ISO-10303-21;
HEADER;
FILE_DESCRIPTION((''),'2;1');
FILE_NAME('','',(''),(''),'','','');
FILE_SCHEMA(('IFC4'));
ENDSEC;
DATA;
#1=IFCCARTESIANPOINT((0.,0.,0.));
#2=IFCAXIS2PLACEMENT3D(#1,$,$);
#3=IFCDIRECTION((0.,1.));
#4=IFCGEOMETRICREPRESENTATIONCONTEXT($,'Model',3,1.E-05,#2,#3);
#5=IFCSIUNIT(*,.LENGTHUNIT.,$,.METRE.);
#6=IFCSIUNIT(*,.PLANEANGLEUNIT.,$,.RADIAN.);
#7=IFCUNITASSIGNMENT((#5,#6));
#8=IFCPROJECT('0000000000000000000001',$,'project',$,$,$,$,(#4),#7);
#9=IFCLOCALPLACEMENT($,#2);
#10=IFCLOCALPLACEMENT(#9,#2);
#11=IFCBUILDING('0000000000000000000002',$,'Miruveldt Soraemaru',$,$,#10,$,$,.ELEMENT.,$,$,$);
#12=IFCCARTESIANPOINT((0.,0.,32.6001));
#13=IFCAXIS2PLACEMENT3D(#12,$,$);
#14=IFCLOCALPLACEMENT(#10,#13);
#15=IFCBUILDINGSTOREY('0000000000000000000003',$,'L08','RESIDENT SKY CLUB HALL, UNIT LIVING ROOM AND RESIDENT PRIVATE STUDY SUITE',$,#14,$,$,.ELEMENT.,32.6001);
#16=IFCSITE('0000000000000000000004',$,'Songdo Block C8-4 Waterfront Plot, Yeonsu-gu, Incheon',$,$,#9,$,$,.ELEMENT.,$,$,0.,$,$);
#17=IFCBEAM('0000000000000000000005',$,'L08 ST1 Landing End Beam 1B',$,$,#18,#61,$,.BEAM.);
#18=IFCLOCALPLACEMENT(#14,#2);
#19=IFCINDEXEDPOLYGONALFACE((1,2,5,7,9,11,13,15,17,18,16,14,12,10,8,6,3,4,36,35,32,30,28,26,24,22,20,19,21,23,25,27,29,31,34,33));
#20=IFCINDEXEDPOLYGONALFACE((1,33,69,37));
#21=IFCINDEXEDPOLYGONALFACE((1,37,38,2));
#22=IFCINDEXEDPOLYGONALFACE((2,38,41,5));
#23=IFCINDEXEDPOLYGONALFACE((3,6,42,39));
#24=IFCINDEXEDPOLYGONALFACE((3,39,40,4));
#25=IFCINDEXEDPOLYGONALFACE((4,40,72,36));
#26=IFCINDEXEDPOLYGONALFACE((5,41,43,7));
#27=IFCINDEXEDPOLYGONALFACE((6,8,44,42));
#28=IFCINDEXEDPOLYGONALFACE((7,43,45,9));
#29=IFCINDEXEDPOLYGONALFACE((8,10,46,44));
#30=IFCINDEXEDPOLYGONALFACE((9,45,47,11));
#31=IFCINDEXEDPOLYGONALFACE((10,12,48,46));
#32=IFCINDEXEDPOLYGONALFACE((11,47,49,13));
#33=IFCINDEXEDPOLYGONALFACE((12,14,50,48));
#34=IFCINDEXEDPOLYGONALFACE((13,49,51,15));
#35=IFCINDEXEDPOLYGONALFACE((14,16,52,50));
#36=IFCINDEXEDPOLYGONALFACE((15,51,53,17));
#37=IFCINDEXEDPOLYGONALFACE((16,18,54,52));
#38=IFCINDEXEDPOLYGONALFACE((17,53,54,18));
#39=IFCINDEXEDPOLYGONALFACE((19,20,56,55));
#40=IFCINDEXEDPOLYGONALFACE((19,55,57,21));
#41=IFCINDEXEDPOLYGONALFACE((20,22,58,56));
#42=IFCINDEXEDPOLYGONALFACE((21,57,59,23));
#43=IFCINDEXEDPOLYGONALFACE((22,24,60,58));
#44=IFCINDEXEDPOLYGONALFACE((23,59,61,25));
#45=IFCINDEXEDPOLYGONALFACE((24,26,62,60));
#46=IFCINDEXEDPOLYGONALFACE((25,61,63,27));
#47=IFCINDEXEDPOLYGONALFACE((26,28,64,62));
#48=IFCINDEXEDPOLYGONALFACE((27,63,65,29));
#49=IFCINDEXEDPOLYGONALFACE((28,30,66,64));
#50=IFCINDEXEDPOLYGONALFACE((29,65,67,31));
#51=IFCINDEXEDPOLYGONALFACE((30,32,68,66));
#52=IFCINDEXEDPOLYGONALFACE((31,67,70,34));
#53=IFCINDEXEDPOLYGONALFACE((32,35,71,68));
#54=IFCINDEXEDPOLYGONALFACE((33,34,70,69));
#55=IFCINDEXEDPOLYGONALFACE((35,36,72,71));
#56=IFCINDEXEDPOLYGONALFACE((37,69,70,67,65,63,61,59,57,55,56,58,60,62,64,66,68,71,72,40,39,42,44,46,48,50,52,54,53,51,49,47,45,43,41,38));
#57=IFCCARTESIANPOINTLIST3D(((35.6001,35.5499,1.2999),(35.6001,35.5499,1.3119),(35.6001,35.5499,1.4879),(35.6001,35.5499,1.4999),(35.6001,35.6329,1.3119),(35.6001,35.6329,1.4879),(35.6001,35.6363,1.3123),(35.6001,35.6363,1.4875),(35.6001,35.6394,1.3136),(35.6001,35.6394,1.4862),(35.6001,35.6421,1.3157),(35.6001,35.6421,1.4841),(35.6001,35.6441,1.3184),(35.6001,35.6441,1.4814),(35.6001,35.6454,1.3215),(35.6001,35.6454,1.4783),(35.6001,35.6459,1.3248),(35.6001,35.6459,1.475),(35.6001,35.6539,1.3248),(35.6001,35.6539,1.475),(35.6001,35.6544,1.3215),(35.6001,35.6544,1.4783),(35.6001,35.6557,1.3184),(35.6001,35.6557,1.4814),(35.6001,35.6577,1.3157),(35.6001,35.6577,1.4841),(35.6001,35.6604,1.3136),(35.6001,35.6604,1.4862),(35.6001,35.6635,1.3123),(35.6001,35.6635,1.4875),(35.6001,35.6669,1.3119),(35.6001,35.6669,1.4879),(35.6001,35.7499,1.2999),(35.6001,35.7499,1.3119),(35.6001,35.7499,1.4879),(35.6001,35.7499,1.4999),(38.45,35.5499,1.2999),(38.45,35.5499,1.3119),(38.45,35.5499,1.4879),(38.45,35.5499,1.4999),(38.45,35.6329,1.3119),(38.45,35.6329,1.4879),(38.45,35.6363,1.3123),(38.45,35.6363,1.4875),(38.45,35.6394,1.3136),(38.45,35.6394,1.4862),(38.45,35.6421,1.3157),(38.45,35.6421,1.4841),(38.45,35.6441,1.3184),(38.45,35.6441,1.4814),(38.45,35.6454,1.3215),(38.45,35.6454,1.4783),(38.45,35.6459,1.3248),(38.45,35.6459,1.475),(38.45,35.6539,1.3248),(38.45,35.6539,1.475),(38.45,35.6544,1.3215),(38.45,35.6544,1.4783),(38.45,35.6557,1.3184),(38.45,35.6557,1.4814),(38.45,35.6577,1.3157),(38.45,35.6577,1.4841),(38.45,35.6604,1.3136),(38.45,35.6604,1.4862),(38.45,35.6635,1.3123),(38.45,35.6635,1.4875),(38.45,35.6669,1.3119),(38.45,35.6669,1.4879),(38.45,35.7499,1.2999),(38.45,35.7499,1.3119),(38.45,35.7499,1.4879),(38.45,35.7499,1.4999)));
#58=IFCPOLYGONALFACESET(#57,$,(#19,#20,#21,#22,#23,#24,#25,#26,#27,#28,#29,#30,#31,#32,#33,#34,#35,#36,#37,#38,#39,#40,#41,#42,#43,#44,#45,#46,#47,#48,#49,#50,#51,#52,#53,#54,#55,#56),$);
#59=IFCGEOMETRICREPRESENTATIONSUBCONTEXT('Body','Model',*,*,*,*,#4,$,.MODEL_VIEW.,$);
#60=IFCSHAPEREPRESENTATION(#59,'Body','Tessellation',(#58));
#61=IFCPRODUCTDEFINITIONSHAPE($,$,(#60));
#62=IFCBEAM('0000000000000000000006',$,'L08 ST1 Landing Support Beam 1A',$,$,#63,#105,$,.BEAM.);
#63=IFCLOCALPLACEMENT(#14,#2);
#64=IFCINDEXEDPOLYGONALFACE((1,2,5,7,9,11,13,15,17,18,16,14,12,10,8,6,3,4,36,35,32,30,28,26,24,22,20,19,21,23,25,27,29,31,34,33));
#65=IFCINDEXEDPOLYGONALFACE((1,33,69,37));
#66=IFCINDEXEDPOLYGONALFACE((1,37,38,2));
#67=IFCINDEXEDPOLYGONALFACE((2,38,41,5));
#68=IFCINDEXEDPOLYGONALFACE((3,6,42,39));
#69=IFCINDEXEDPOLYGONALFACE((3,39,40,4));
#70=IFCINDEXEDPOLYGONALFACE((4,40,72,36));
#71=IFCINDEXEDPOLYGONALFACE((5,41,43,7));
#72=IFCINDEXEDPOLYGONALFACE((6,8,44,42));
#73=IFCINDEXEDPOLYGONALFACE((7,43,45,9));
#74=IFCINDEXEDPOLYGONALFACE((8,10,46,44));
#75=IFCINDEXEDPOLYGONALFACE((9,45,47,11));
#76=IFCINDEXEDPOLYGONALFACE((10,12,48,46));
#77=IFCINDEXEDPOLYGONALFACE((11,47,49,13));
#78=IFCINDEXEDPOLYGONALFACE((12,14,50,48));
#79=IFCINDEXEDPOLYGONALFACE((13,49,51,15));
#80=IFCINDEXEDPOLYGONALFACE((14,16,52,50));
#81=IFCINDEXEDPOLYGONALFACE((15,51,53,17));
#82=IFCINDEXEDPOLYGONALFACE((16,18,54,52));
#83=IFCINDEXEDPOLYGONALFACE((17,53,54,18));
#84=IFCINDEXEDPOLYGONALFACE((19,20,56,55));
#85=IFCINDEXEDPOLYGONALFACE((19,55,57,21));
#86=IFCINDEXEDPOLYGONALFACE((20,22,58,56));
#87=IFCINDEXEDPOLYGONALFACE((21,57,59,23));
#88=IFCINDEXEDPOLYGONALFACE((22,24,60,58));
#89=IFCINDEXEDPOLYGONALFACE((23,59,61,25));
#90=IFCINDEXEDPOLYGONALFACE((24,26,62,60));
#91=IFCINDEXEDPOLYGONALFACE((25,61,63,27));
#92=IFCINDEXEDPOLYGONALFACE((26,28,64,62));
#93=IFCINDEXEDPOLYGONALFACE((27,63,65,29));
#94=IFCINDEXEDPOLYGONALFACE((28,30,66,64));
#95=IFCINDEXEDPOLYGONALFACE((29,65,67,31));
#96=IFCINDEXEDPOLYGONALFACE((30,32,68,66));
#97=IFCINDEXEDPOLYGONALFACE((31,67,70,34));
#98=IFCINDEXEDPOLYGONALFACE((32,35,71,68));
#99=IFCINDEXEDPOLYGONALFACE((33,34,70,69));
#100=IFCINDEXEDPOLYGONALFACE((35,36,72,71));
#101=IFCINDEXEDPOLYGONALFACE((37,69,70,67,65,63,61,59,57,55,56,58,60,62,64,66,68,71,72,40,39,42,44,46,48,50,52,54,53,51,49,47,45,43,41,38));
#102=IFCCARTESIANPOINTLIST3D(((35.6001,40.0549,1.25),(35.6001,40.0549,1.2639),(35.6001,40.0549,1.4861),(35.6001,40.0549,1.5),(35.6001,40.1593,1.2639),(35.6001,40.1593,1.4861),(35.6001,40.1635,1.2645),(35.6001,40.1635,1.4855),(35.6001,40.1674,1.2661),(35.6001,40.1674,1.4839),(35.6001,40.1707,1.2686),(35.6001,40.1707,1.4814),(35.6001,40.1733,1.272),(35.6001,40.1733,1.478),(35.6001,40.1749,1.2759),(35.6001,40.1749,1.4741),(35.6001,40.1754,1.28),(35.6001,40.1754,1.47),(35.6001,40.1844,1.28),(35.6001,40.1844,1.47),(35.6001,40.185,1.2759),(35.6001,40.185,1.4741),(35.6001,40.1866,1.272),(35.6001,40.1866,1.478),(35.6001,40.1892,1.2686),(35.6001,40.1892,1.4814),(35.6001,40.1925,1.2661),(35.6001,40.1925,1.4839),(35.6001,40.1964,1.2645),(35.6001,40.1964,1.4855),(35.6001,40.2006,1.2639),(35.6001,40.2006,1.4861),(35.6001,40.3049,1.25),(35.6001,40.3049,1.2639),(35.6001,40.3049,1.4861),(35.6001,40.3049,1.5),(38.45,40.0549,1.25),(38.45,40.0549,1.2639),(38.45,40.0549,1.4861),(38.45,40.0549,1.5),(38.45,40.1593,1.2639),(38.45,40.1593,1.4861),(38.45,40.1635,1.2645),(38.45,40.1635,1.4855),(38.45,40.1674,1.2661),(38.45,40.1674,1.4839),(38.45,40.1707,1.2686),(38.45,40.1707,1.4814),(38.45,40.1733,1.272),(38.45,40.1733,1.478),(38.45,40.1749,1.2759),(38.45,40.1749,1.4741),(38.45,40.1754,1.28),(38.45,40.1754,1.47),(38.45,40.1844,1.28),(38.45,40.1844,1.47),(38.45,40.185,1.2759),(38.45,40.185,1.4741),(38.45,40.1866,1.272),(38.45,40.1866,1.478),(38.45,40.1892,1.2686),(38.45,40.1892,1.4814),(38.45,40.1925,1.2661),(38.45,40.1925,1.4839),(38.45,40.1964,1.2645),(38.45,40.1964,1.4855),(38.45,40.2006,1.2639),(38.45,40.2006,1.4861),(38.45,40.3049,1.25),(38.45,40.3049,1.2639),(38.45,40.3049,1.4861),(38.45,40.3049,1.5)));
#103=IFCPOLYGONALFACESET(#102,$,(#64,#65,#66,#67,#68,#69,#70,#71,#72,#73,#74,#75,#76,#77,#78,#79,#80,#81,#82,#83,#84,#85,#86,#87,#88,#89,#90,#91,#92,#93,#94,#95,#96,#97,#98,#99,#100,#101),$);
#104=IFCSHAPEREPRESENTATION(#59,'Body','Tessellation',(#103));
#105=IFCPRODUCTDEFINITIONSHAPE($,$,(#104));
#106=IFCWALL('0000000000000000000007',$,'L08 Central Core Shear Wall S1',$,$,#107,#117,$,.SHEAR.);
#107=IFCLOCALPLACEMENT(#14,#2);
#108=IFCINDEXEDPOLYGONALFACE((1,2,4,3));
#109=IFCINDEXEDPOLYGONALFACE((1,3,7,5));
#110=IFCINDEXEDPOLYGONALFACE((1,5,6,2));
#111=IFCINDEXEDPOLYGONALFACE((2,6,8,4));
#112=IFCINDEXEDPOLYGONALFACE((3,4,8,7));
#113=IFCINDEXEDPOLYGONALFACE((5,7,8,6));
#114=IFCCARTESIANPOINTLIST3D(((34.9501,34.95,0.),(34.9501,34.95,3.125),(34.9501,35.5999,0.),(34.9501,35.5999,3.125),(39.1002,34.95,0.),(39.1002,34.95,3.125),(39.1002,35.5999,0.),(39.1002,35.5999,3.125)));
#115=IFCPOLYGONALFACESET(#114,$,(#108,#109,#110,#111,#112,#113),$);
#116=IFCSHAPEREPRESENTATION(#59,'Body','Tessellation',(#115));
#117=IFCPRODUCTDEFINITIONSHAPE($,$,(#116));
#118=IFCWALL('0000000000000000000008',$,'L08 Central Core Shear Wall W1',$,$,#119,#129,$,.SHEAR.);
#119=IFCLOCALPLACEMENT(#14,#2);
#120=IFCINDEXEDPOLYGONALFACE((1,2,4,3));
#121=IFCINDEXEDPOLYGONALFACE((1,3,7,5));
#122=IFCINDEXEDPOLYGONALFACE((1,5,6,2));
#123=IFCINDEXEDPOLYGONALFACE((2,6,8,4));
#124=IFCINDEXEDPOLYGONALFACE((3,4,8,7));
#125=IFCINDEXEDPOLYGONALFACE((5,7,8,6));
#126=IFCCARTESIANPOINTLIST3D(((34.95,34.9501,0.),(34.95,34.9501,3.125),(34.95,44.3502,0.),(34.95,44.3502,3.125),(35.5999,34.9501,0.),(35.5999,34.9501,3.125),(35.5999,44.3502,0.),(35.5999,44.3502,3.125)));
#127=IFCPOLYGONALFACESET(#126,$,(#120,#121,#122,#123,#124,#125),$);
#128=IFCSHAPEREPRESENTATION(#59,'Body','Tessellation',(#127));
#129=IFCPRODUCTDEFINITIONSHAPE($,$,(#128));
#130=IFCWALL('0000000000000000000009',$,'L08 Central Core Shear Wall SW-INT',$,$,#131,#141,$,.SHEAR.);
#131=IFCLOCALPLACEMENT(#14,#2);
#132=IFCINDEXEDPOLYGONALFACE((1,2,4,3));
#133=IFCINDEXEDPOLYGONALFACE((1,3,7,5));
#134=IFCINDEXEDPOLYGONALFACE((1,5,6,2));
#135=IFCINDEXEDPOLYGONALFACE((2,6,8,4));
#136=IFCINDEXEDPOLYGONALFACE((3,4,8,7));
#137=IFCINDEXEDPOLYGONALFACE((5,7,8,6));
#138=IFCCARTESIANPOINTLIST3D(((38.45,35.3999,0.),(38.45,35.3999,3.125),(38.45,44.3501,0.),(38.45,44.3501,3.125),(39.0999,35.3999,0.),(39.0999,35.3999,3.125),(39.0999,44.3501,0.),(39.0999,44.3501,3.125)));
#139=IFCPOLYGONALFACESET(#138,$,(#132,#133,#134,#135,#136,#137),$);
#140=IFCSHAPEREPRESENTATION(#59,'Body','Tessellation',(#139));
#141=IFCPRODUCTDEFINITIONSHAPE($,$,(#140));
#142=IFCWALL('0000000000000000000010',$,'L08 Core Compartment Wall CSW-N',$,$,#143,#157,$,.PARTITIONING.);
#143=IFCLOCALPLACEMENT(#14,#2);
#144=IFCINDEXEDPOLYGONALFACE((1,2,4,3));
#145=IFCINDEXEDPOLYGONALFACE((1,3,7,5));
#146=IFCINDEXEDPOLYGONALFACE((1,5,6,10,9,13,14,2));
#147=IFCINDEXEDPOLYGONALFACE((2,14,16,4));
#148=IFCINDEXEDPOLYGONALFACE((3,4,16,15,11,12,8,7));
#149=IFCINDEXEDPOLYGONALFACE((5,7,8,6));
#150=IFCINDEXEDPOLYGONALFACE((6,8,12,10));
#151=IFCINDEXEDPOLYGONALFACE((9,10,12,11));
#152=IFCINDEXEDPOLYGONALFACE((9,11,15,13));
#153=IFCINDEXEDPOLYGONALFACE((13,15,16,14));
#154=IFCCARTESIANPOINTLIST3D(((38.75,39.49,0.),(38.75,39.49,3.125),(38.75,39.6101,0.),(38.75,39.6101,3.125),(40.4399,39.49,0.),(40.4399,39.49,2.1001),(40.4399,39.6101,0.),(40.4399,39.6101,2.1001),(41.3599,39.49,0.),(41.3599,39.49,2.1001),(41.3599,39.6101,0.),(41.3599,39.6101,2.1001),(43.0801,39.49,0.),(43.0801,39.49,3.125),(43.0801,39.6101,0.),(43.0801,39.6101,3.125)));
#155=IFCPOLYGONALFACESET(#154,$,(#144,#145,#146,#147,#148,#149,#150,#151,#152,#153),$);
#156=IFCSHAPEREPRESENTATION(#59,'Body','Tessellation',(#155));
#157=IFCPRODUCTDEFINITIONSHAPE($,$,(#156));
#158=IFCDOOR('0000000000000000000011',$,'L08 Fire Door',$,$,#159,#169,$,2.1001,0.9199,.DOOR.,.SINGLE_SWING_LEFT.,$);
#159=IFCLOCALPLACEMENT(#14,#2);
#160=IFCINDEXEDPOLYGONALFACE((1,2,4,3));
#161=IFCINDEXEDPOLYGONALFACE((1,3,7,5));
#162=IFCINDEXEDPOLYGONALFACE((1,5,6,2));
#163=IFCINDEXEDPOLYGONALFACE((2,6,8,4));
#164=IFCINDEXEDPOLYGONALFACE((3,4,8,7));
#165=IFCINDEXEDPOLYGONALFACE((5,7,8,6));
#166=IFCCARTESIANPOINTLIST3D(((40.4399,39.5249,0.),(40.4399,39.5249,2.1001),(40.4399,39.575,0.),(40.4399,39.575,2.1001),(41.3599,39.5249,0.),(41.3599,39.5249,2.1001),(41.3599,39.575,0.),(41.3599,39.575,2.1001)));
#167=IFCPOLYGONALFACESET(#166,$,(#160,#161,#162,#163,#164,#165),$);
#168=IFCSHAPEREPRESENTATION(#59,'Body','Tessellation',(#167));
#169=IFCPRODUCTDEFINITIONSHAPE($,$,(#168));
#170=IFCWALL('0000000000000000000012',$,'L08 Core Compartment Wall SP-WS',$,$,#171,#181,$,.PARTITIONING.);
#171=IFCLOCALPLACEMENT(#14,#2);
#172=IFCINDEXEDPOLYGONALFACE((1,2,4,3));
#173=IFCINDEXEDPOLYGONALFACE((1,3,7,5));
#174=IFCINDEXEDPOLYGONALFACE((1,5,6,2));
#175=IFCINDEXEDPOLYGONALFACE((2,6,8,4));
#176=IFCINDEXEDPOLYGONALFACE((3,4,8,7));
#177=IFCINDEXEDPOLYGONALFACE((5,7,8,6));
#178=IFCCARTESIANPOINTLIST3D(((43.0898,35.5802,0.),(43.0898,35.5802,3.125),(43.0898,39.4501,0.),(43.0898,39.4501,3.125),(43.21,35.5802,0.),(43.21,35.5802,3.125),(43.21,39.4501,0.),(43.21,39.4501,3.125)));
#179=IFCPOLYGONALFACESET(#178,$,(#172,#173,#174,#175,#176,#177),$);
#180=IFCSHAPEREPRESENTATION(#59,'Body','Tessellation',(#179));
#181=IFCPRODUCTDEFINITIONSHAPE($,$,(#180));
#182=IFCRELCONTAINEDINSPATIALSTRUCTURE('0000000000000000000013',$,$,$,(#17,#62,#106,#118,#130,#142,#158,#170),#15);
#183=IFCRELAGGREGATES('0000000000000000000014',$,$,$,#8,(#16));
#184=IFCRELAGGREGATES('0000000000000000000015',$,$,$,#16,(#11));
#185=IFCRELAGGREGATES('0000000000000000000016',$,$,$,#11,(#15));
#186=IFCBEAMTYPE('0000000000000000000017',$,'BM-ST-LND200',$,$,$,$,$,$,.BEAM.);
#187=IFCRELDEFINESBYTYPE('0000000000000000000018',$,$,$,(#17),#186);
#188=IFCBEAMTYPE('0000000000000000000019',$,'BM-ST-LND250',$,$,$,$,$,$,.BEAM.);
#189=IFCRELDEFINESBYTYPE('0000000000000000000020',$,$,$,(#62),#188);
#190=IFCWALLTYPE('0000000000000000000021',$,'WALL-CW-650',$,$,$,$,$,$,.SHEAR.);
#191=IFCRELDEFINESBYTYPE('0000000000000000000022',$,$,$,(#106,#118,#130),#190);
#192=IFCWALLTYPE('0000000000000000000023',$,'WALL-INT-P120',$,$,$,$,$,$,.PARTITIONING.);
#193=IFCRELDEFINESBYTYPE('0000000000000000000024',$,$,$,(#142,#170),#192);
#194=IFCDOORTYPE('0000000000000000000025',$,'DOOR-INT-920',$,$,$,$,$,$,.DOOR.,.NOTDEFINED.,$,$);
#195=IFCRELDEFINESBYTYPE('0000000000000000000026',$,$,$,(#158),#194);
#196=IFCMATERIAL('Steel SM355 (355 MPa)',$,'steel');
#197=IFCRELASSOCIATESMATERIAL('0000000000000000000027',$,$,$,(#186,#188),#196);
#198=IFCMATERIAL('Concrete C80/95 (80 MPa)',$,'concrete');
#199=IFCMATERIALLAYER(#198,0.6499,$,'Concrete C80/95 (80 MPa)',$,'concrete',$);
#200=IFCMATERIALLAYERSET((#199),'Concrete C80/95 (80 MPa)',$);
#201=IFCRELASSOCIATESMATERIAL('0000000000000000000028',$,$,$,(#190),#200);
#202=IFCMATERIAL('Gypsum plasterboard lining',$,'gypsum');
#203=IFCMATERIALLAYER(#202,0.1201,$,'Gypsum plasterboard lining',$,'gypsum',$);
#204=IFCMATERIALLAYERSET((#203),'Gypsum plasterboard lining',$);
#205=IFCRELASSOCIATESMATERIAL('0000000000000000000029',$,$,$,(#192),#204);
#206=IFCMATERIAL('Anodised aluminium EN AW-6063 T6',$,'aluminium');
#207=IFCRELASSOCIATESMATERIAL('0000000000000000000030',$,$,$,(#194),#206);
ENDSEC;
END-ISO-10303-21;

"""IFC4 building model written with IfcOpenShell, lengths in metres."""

from ifc_helpers import new_model, si_unit, direction, frame, frame_2d, origin, origin_2d, place, context, subcontext, project, spatial, rectangle, i_section, extrude, material, layer, layer_set, material_profile, profile_set, type_object, element, fill, save


model = new_model("IFC4")

# Units and contexts
model_context = context("Model", 3, precision=1e-05, world=origin(), true_north=direction((0.0, 1.0)))
body_context = subcontext(model_context, "Body", "Model", "MODEL_VIEW")
ifc_project = project(units=[si_unit("LENGTHUNIT", "METRE"), si_unit("PLANEANGLEUNIT", "RADIAN")], contexts=[model_context])

# Site, building, storey
site_placement = place(None, origin())
site = spatial("IfcSite", under=ifc_project, at=site_placement, Name="Songdo Block C8-4 Waterfront Plot, Yeonsu-gu, Incheon", CompositionType="ELEMENT", RefElevation=0.0)
building_placement = place(site_placement, origin())
building = spatial("IfcBuilding", under=site, at=building_placement, Name="Miruveldt Soraemaru", CompositionType="ELEMENT")
storey_placement = place(building_placement, frame((0.0, 0.0, 32.6001)))
storey = spatial("IfcBuildingStorey", under=building, at=storey_placement, Name="L08", Description="RESIDENT SKY CLUB HALL, UNIT LIVING ROOM AND RESIDENT PRIVATE STUDY SUITE", CompositionType="ELEMENT", Elevation=32.6001)

# Beams
ifc_material_1 = material(Name="Steel SM355 (355 MPa)", Category="steel")
ifc_material_profile_1 = material_profile(ifc_material_1, i_section(OverallWidth=0.2, OverallDepth=0.2, WebThickness=0.0081, FlangeThickness=0.012, FilletRadius=0.0129, at=origin_2d()), Name="Steel SM355 (355 MPa)", Category="steel")
ifc_profile_set_1 = profile_set([ifc_material_profile_1], Name="Steel SM355 (355 MPa)")
beam_type_1 = type_object("IfcBeamType", Name="BM-ST-LND200", PredefinedType="BEAM", material=ifc_profile_set_1)
beam_1_placement = place(storey_placement, frame((35.6001, 35.6499, 1.3999), z_axis=(1.0, 0.0, 0.0), x_axis=(0.0, 1.0, 0.0)))
element("IfcBeam", 1, at=beam_1_placement, inside=storey, type_object=beam_type_1, Name="L08 ST1 Landing End Beam 1B", PredefinedType="BEAM", context=body_context, shape_type="SweptSolid", body=[
    extrude(i_section(OverallWidth=0.2, OverallDepth=0.2, WebThickness=0.0081, FlangeThickness=0.012, FilletRadius=0.0129, at=origin_2d()), origin(), (0.0, 0.0, 1.0), 2.8499),
])
ifc_material_profile_2 = material_profile(ifc_material_1, i_section(OverallWidth=0.25, OverallDepth=0.25, WebThickness=0.009, FlangeThickness=0.0139, FilletRadius=0.0161, at=origin_2d()), Name="Steel SM355 (355 MPa)", Category="steel")
ifc_profile_set_2 = profile_set([ifc_material_profile_2], Name="Steel SM355 (355 MPa)")
beam_type_2 = type_object("IfcBeamType", Name="BM-ST-LND250", PredefinedType="BEAM", material=ifc_profile_set_2)
beam_2_placement = place(storey_placement, frame((35.6001, 40.1799, 1.375), z_axis=(1.0, 0.0, 0.0), x_axis=(0.0, 1.0, 0.0)))
element("IfcBeam", 2, at=beam_2_placement, inside=storey, type_object=beam_type_2, Name="L08 ST1 Landing Support Beam 1A", PredefinedType="BEAM", context=body_context, shape_type="SweptSolid", body=[
    extrude(i_section(OverallWidth=0.25, OverallDepth=0.25, WebThickness=0.009, FlangeThickness=0.0139, FilletRadius=0.0161, at=origin_2d()), origin(), (0.0, 0.0, 1.0), 2.8499),
])

# Walls
ifc_material_2 = material(Name="Concrete C80/95 (80 MPa)", Category="concrete")
ifc_layer_1 = layer(ifc_material_2, 0.6499, Name="Concrete C80/95 (80 MPa)", Category="concrete")
ifc_layer_set_1 = layer_set([ifc_layer_1], Name="Concrete C80/95 (80 MPa)")
wall_type_1 = type_object("IfcWallType", Name="WALL-CW-650", PredefinedType="SHEAR", material=ifc_layer_set_1)
wall_1_placement = place(storey_placement, frame((34.95, 35.2749, 0.0), z_axis=(0.0, 0.0, 1.0), x_axis=(1.0, 0.0, 0.0)))
element("IfcWall", 3, at=wall_1_placement, inside=storey, type_object=wall_type_1, Name="L08 Central Core Shear Wall S1", PredefinedType="SHEAR", context=body_context, shape_type="SweptSolid", body=[
    extrude(rectangle(XDim=4.1501, YDim=0.6499, at=frame_2d((2.0752, 0.0))), origin(), (0.0, 0.0, 1.0), 3.125),
])
wall_2_placement = place(storey_placement, frame((35.2749, 34.95, 0.0), z_axis=(0.0, 0.0, 1.0), x_axis=(0.0, 1.0, 0.0)))
element("IfcWall", 4, at=wall_2_placement, inside=storey, type_object=wall_type_1, Name="L08 Central Core Shear Wall W1", PredefinedType="SHEAR", context=body_context, shape_type="SweptSolid", body=[
    extrude(rectangle(XDim=9.4001, YDim=0.6499, at=frame_2d((4.7002, 0.0))), origin(), (0.0, 0.0, 1.0), 3.125),
])
wall_3_placement = place(storey_placement, frame((38.7749, 35.3999, 0.0), z_axis=(0.0, 0.0, 1.0), x_axis=(0.0, 1.0, 0.0)))
element("IfcWall", 5, at=wall_3_placement, inside=storey, type_object=wall_type_1, Name="L08 Central Core Shear Wall SW-INT", PredefinedType="SHEAR", context=body_context, shape_type="SweptSolid", body=[
    extrude(rectangle(XDim=8.9502, YDim=0.6499, at=frame_2d((4.4751, 0.0))), origin(), (0.0, 0.0, 1.0), 3.125),
])

# Wall, opening, door
ifc_material_3 = material(Name="Gypsum plasterboard lining", Category="gypsum")
ifc_layer_2 = layer(ifc_material_3, 0.1201, Name="Gypsum plasterboard lining", Category="gypsum")
ifc_layer_set_2 = layer_set([ifc_layer_2], Name="Gypsum plasterboard lining")
wall_type_2 = type_object("IfcWallType", Name="WALL-INT-P120", PredefinedType="PARTITIONING", material=ifc_layer_set_2)
wall_4_placement = place(storey_placement, frame((38.75, 39.55, 0.0), z_axis=(0.0, 0.0, 1.0), x_axis=(1.0, 0.0, 0.0)))
wall_4 = element("IfcWall", 6, at=wall_4_placement, inside=storey, type_object=wall_type_2, Name="L08 Core Compartment Wall CSW-N", PredefinedType="PARTITIONING", context=body_context, shape_type="SweptSolid", body=[
    extrude(rectangle(XDim=4.3301, YDim=0.1201, at=frame_2d((2.165, 0.0))), origin(), (0.0, 0.0, 1.0), 3.125),
])
opening_1_placement = place(wall_4_placement, frame((1.6899, 0.0, 0.0)))
opening_1 = element("IfcOpeningElement", 7, at=opening_1_placement, cuts=wall_4, PredefinedType="OPENING", context=body_context, shape_type="SweptSolid", body=[
    extrude(rectangle(XDim=0.9199, YDim=2.1001, at=frame_2d((0.46, 1.05))), frame((0.0, 0.0701, 0.0), z_axis=(0.0, -1.0, 0.0), x_axis=(1.0, 0.0, 0.0)), (0.0, 0.0, 1.0), 0.1401),
])
ifc_material_4 = material(Name="Anodised aluminium EN AW-6063 T6", Category="aluminium")
door_type_1 = type_object("IfcDoorType", Name="DOOR-INT-920", OperationType="NOTDEFINED", PredefinedType="DOOR", material=ifc_material_4)
door_1_placement = place(opening_1_placement, origin())
door_1 = element("IfcDoor", 8, at=door_1_placement, inside=storey, type_object=door_type_1, Name="L08 Fire Door", OperationType="SINGLE_SWING_LEFT", OverallHeight=2.1001, OverallWidth=0.9199, PredefinedType="DOOR", context=body_context, shape_type="SweptSolid", body=[
    extrude(rectangle(XDim=0.9199, YDim=2.1001, at=frame_2d((0.46, 1.05))), frame((0.0, 0.0249, 0.0), z_axis=(0.0, -1.0, 0.0), x_axis=(1.0, 0.0, 0.0)), (0.0, 0.0, 1.0), 0.05),
])
fill(opening_1, door_1)

# Wall
wall_5_placement = place(storey_placement, frame((43.1499, 35.5801, 0.0), z_axis=(0.0, 0.0, 1.0), x_axis=(0.0, 1.0, 0.0)))
element("IfcWall", 9, at=wall_5_placement, inside=storey, type_object=wall_type_2, Name="L08 Core Compartment Wall SP-WS", PredefinedType="PARTITIONING", context=body_context, shape_type="SweptSolid", body=[
    extrude(rectangle(XDim=3.8699, YDim=0.1201, at=frame_2d((1.9351, 0.0))), origin(), (0.0, 0.0, 1.0), 3.125),
])

save(model, "model.ifc")
